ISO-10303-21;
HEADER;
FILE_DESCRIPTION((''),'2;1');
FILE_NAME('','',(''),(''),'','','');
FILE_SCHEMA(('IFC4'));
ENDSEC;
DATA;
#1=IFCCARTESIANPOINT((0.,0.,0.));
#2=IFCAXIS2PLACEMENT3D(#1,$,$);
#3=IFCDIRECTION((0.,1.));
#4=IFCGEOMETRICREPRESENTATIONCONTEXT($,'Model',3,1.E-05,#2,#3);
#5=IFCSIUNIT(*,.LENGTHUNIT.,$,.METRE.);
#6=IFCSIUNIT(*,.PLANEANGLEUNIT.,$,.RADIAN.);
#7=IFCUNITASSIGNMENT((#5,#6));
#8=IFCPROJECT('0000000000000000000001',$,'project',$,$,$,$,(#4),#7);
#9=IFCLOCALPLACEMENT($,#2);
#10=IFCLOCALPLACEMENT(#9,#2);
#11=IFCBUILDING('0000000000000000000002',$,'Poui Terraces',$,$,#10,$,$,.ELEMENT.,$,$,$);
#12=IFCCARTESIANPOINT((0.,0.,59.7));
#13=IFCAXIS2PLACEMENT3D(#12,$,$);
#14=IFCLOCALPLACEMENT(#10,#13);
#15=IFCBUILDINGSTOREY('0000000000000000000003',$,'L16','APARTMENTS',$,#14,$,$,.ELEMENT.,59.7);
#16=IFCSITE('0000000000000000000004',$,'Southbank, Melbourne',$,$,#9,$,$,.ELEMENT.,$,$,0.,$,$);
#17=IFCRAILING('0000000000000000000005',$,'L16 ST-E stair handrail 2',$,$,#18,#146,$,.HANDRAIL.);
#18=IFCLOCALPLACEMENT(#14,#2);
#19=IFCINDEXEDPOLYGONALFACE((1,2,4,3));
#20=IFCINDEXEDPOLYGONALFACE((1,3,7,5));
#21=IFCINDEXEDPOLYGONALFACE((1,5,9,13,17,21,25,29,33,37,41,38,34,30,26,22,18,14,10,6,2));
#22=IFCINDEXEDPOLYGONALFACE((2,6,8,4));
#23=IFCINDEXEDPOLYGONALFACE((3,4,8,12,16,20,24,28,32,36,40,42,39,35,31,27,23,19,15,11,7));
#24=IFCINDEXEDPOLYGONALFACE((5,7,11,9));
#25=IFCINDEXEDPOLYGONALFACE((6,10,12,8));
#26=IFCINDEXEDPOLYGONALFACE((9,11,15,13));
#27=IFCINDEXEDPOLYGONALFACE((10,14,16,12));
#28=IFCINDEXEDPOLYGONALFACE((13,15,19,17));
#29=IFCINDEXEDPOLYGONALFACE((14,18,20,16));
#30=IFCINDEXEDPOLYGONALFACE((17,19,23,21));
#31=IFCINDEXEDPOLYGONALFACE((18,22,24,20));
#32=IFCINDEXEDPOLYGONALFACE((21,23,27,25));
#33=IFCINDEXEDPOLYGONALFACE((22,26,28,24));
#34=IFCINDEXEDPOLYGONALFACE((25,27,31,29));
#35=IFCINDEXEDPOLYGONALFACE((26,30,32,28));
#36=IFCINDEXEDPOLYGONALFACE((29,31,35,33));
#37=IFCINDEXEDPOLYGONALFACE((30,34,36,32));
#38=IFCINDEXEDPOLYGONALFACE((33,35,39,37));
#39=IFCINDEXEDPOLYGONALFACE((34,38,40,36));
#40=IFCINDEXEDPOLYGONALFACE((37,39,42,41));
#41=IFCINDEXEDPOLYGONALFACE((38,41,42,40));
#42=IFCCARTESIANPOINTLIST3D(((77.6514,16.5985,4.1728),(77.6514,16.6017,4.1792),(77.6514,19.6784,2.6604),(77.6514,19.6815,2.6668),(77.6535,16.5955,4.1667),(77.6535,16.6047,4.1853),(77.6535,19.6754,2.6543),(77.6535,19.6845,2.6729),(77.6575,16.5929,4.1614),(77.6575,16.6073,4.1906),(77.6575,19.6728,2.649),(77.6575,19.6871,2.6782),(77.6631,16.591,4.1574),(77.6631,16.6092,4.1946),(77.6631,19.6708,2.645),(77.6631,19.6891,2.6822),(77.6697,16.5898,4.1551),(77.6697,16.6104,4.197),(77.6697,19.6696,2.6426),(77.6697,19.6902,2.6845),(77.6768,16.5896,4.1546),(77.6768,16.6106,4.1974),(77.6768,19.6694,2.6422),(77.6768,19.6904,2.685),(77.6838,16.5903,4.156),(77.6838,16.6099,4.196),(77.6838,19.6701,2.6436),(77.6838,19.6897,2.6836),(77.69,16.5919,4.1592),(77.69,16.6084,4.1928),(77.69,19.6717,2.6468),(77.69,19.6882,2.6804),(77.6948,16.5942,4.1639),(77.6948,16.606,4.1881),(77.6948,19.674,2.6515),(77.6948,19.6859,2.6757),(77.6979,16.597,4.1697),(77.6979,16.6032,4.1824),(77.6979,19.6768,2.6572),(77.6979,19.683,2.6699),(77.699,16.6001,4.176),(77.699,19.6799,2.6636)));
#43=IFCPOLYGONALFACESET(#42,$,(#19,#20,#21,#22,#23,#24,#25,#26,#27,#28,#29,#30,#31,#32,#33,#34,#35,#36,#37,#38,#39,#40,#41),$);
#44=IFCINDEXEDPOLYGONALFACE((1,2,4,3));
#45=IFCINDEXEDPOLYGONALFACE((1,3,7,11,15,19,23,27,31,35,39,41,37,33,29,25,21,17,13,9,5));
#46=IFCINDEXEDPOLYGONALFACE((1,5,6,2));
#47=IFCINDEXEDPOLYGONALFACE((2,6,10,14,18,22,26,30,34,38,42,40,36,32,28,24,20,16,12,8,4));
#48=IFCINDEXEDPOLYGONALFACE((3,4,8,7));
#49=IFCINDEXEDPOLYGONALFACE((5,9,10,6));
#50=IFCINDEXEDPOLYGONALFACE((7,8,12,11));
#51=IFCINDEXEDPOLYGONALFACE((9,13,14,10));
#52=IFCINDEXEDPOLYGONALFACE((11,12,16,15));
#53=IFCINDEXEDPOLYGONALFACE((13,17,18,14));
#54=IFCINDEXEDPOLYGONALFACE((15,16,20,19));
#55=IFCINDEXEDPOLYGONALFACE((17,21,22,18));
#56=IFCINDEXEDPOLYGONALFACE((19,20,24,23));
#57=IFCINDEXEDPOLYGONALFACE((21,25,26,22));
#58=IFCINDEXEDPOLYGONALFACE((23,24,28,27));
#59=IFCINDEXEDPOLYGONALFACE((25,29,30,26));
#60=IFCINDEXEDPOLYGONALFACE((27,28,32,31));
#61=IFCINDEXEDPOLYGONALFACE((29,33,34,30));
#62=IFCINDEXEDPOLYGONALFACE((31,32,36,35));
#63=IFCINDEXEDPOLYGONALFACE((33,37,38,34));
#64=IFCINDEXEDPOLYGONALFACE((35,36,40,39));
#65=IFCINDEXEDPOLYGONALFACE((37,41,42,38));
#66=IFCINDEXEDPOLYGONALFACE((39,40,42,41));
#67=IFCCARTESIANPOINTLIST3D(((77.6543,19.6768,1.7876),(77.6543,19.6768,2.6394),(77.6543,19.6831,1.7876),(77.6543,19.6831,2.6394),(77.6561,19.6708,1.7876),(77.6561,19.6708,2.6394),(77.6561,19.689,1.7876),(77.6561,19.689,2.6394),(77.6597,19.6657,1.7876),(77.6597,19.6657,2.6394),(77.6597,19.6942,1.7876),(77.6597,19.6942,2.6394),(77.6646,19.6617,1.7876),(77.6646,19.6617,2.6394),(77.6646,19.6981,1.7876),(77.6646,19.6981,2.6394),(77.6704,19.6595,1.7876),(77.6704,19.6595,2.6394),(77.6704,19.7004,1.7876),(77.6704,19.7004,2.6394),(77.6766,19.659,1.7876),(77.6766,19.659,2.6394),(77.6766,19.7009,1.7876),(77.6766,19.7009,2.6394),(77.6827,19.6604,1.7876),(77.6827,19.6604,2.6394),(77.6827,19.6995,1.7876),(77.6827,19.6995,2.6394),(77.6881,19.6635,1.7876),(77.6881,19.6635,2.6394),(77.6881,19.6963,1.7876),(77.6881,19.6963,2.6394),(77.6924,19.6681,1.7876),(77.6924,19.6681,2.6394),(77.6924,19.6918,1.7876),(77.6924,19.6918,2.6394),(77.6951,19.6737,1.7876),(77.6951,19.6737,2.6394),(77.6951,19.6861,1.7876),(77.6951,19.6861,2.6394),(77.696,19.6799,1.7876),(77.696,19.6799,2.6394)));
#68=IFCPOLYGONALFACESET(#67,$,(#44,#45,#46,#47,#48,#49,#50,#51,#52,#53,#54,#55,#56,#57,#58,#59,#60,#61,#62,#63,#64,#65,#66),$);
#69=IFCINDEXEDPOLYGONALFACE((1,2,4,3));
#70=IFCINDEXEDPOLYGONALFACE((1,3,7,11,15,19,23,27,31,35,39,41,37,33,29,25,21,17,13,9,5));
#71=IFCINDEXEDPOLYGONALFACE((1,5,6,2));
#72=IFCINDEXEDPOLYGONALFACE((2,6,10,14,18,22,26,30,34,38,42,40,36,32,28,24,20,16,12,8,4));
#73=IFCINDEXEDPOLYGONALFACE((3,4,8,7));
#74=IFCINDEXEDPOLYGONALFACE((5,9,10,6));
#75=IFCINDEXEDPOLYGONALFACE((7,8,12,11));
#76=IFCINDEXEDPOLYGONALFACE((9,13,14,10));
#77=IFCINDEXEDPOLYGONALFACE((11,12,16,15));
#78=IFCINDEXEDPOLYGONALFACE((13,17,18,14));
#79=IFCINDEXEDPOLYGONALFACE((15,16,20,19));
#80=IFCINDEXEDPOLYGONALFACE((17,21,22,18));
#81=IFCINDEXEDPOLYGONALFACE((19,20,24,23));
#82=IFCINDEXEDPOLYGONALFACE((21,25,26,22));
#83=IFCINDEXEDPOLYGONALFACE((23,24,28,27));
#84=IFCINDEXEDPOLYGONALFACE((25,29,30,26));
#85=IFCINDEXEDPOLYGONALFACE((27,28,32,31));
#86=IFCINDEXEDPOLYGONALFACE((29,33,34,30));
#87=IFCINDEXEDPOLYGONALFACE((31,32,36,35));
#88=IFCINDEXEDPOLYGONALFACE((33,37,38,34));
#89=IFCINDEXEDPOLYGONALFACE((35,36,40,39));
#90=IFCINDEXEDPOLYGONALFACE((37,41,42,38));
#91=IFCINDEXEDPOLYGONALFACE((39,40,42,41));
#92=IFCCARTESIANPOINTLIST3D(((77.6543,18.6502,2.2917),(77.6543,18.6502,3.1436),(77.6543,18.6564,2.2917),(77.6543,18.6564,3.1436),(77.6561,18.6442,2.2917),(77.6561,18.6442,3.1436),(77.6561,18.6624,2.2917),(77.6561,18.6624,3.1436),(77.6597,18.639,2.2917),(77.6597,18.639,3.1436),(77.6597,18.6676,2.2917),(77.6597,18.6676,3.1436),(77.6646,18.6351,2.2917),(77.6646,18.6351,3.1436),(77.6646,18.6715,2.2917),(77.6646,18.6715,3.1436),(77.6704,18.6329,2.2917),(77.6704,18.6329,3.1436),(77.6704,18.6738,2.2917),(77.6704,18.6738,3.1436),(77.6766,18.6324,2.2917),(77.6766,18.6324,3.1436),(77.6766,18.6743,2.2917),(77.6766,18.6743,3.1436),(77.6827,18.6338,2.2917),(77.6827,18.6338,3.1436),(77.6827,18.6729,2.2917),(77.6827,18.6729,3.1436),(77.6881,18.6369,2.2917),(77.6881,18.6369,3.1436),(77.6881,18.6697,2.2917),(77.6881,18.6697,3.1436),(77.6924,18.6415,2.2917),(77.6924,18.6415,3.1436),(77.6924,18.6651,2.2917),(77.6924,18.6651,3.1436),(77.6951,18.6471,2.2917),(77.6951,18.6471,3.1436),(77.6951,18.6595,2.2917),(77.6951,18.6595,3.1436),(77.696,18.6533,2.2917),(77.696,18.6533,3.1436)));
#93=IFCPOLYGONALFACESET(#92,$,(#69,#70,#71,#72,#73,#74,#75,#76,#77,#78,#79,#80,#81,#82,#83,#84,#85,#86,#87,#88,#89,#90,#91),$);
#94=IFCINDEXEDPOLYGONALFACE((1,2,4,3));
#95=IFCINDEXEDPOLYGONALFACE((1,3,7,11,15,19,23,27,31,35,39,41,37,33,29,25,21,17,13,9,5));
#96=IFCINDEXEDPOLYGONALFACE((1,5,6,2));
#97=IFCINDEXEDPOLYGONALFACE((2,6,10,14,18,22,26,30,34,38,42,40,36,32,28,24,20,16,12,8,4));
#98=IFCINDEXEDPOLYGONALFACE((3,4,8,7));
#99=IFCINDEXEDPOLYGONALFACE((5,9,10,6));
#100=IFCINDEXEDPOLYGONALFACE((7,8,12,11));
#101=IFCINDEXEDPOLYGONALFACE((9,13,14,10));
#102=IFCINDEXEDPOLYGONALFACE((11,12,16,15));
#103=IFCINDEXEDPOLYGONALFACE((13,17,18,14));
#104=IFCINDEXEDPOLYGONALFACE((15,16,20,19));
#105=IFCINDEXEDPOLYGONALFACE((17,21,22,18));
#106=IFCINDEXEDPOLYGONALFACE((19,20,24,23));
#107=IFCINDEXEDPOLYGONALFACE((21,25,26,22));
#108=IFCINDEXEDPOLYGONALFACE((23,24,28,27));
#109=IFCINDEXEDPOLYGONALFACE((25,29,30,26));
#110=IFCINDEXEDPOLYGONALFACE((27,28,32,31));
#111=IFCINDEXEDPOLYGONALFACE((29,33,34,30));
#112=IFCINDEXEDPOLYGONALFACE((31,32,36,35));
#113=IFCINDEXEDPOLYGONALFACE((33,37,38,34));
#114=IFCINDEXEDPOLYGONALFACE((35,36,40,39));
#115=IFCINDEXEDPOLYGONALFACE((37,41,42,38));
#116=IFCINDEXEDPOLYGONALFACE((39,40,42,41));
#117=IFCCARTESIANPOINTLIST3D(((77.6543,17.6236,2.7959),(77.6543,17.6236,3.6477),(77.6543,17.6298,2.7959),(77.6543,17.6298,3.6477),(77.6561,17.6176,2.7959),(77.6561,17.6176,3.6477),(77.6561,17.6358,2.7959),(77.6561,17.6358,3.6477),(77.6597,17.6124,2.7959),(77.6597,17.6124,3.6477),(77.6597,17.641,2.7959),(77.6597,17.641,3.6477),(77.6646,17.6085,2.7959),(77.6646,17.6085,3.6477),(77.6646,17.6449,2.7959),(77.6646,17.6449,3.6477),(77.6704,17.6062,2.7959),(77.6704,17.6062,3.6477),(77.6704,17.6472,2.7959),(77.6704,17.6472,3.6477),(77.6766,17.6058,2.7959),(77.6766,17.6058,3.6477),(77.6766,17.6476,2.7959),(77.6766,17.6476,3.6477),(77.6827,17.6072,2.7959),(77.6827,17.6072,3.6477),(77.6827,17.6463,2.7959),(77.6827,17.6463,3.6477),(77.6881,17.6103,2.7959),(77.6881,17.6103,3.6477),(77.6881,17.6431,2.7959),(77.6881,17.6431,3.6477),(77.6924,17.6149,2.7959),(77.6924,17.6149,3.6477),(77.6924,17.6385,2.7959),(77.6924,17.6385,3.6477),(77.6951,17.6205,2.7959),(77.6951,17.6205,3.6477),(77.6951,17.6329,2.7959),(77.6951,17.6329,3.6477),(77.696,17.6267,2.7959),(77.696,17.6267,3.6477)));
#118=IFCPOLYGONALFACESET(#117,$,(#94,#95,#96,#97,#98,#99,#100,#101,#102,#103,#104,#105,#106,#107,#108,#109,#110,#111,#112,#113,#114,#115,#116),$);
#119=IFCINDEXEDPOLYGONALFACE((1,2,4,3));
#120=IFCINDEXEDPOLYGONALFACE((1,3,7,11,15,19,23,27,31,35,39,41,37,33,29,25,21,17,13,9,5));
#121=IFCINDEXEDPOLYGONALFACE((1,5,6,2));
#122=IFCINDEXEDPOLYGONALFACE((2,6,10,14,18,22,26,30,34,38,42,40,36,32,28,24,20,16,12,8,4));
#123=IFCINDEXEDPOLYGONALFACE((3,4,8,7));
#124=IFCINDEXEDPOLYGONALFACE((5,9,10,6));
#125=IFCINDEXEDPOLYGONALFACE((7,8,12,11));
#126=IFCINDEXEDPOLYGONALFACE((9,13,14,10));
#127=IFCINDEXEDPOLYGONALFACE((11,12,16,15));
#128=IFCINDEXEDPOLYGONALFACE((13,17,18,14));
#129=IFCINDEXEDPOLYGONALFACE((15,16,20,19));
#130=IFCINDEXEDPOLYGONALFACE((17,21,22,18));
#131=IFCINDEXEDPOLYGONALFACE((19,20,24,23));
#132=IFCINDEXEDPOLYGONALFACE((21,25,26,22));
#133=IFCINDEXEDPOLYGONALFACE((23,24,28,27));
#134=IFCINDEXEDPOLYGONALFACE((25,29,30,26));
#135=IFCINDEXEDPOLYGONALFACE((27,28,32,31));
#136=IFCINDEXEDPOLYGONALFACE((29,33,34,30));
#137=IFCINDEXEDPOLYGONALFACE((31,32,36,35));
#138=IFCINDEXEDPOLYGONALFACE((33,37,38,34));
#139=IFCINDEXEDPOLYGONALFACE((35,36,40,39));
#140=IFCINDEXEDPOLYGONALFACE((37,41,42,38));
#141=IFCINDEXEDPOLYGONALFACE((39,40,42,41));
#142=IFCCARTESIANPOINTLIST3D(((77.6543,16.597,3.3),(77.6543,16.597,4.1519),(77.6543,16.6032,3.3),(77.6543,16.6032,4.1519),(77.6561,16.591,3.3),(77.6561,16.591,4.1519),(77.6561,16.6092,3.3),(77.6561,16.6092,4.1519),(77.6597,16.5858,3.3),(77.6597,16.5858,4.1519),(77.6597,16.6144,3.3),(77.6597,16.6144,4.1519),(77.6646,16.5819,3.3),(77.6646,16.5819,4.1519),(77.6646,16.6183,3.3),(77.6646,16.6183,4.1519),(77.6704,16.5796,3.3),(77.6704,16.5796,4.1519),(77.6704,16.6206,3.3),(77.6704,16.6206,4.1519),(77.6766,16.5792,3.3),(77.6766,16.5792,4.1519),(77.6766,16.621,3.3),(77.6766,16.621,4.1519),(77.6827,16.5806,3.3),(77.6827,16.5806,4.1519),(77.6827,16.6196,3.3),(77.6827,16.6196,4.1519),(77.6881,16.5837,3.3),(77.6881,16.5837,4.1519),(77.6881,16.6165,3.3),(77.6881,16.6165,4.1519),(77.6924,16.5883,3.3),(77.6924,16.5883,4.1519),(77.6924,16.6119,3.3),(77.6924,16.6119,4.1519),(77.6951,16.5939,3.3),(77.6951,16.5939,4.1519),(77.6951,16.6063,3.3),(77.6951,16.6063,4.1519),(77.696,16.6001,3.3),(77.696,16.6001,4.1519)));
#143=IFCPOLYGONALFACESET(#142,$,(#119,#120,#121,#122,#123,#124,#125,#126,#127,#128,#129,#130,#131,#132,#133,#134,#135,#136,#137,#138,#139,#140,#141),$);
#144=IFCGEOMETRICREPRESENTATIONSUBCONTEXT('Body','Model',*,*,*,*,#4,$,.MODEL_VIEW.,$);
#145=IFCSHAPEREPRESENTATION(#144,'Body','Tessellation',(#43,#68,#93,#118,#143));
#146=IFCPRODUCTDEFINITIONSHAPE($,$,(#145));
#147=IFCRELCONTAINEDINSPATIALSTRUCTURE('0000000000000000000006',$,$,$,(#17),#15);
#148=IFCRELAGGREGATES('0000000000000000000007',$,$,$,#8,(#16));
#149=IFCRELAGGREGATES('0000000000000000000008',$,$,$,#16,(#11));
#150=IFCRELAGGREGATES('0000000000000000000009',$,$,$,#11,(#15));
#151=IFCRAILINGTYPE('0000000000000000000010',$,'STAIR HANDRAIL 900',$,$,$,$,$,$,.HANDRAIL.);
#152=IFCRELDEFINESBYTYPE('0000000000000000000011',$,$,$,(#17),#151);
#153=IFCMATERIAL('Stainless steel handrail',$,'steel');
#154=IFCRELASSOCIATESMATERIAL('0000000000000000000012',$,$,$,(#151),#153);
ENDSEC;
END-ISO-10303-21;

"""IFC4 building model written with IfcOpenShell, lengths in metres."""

from ifc_helpers import new_model, si_unit, direction, frame, origin, origin_2d, place, context, subcontext, project, spatial, circle, extrude, material, type_object, element, save


model = new_model("IFC4")

# Units and contexts
model_context = context("Model", 3, precision=1e-05, world=origin(), true_north=direction((0.0, 1.0)))
body_context = subcontext(model_context, "Body", "Model", "MODEL_VIEW")
ifc_project = project(units=[si_unit("LENGTHUNIT", "METRE"), si_unit("PLANEANGLEUNIT", "RADIAN")], contexts=[model_context])

# Site, building, storey
site_placement = place(None, origin())
site = spatial("IfcSite", under=ifc_project, at=site_placement, Name="Southbank, Melbourne", CompositionType="ELEMENT", RefElevation=0.0)
building_placement = place(site_placement, origin())
building = spatial("IfcBuilding", under=site, at=building_placement, Name="Poui Terraces", CompositionType="ELEMENT")
storey_placement = place(building_placement, frame((0.0, 0.0, 59.7)))
storey = spatial("IfcBuildingStorey", under=building, at=storey_placement, Name="L16", Description="APARTMENTS", CompositionType="ELEMENT", Elevation=59.7)

# Railing
ifc_material_1 = material(Name="Stainless steel handrail", Category="steel")
railing_type_1 = type_object("IfcRailingType", Name="STAIR HANDRAIL 900", PredefinedType="HANDRAIL", material=ifc_material_1)
railing_1_placement = place(storey_placement, frame((77.675, 19.6799, 1.7876)))
element("IfcRailing", 1, at=railing_1_placement, inside=storey, type_object=railing_type_1, Name="L16 ST-E stair handrail 2", PredefinedType="HANDRAIL", context=body_context, shape_type="SweptSolid", body=[
    extrude(circle(Radius=0.0239, at=origin_2d()), frame((0.0, 0.0, 0.876), z_axis=(0.0, -0.897606, 0.440798), x_axis=(1.0, 0.0, 0.0)), (0.0, 0.0, 1.0), 3.4312),
    extrude(circle(Radius=0.021, at=origin_2d()), origin(), (0.0, 0.0, 1.0), 0.8518),
    extrude(circle(Radius=0.021, at=origin_2d()), frame((0.0, -1.0266, 0.5042)), (0.0, 0.0, 1.0), 0.8518),
    extrude(circle(Radius=0.021, at=origin_2d()), frame((0.0, -2.0532, 1.0083)), (0.0, 0.0, 1.0), 0.8518),
    extrude(circle(Radius=0.021, at=origin_2d()), frame((0.0, -3.0798, 1.5125)), (0.0, 0.0, 1.0), 0.8518),
])

save(model, "model.ifc")
